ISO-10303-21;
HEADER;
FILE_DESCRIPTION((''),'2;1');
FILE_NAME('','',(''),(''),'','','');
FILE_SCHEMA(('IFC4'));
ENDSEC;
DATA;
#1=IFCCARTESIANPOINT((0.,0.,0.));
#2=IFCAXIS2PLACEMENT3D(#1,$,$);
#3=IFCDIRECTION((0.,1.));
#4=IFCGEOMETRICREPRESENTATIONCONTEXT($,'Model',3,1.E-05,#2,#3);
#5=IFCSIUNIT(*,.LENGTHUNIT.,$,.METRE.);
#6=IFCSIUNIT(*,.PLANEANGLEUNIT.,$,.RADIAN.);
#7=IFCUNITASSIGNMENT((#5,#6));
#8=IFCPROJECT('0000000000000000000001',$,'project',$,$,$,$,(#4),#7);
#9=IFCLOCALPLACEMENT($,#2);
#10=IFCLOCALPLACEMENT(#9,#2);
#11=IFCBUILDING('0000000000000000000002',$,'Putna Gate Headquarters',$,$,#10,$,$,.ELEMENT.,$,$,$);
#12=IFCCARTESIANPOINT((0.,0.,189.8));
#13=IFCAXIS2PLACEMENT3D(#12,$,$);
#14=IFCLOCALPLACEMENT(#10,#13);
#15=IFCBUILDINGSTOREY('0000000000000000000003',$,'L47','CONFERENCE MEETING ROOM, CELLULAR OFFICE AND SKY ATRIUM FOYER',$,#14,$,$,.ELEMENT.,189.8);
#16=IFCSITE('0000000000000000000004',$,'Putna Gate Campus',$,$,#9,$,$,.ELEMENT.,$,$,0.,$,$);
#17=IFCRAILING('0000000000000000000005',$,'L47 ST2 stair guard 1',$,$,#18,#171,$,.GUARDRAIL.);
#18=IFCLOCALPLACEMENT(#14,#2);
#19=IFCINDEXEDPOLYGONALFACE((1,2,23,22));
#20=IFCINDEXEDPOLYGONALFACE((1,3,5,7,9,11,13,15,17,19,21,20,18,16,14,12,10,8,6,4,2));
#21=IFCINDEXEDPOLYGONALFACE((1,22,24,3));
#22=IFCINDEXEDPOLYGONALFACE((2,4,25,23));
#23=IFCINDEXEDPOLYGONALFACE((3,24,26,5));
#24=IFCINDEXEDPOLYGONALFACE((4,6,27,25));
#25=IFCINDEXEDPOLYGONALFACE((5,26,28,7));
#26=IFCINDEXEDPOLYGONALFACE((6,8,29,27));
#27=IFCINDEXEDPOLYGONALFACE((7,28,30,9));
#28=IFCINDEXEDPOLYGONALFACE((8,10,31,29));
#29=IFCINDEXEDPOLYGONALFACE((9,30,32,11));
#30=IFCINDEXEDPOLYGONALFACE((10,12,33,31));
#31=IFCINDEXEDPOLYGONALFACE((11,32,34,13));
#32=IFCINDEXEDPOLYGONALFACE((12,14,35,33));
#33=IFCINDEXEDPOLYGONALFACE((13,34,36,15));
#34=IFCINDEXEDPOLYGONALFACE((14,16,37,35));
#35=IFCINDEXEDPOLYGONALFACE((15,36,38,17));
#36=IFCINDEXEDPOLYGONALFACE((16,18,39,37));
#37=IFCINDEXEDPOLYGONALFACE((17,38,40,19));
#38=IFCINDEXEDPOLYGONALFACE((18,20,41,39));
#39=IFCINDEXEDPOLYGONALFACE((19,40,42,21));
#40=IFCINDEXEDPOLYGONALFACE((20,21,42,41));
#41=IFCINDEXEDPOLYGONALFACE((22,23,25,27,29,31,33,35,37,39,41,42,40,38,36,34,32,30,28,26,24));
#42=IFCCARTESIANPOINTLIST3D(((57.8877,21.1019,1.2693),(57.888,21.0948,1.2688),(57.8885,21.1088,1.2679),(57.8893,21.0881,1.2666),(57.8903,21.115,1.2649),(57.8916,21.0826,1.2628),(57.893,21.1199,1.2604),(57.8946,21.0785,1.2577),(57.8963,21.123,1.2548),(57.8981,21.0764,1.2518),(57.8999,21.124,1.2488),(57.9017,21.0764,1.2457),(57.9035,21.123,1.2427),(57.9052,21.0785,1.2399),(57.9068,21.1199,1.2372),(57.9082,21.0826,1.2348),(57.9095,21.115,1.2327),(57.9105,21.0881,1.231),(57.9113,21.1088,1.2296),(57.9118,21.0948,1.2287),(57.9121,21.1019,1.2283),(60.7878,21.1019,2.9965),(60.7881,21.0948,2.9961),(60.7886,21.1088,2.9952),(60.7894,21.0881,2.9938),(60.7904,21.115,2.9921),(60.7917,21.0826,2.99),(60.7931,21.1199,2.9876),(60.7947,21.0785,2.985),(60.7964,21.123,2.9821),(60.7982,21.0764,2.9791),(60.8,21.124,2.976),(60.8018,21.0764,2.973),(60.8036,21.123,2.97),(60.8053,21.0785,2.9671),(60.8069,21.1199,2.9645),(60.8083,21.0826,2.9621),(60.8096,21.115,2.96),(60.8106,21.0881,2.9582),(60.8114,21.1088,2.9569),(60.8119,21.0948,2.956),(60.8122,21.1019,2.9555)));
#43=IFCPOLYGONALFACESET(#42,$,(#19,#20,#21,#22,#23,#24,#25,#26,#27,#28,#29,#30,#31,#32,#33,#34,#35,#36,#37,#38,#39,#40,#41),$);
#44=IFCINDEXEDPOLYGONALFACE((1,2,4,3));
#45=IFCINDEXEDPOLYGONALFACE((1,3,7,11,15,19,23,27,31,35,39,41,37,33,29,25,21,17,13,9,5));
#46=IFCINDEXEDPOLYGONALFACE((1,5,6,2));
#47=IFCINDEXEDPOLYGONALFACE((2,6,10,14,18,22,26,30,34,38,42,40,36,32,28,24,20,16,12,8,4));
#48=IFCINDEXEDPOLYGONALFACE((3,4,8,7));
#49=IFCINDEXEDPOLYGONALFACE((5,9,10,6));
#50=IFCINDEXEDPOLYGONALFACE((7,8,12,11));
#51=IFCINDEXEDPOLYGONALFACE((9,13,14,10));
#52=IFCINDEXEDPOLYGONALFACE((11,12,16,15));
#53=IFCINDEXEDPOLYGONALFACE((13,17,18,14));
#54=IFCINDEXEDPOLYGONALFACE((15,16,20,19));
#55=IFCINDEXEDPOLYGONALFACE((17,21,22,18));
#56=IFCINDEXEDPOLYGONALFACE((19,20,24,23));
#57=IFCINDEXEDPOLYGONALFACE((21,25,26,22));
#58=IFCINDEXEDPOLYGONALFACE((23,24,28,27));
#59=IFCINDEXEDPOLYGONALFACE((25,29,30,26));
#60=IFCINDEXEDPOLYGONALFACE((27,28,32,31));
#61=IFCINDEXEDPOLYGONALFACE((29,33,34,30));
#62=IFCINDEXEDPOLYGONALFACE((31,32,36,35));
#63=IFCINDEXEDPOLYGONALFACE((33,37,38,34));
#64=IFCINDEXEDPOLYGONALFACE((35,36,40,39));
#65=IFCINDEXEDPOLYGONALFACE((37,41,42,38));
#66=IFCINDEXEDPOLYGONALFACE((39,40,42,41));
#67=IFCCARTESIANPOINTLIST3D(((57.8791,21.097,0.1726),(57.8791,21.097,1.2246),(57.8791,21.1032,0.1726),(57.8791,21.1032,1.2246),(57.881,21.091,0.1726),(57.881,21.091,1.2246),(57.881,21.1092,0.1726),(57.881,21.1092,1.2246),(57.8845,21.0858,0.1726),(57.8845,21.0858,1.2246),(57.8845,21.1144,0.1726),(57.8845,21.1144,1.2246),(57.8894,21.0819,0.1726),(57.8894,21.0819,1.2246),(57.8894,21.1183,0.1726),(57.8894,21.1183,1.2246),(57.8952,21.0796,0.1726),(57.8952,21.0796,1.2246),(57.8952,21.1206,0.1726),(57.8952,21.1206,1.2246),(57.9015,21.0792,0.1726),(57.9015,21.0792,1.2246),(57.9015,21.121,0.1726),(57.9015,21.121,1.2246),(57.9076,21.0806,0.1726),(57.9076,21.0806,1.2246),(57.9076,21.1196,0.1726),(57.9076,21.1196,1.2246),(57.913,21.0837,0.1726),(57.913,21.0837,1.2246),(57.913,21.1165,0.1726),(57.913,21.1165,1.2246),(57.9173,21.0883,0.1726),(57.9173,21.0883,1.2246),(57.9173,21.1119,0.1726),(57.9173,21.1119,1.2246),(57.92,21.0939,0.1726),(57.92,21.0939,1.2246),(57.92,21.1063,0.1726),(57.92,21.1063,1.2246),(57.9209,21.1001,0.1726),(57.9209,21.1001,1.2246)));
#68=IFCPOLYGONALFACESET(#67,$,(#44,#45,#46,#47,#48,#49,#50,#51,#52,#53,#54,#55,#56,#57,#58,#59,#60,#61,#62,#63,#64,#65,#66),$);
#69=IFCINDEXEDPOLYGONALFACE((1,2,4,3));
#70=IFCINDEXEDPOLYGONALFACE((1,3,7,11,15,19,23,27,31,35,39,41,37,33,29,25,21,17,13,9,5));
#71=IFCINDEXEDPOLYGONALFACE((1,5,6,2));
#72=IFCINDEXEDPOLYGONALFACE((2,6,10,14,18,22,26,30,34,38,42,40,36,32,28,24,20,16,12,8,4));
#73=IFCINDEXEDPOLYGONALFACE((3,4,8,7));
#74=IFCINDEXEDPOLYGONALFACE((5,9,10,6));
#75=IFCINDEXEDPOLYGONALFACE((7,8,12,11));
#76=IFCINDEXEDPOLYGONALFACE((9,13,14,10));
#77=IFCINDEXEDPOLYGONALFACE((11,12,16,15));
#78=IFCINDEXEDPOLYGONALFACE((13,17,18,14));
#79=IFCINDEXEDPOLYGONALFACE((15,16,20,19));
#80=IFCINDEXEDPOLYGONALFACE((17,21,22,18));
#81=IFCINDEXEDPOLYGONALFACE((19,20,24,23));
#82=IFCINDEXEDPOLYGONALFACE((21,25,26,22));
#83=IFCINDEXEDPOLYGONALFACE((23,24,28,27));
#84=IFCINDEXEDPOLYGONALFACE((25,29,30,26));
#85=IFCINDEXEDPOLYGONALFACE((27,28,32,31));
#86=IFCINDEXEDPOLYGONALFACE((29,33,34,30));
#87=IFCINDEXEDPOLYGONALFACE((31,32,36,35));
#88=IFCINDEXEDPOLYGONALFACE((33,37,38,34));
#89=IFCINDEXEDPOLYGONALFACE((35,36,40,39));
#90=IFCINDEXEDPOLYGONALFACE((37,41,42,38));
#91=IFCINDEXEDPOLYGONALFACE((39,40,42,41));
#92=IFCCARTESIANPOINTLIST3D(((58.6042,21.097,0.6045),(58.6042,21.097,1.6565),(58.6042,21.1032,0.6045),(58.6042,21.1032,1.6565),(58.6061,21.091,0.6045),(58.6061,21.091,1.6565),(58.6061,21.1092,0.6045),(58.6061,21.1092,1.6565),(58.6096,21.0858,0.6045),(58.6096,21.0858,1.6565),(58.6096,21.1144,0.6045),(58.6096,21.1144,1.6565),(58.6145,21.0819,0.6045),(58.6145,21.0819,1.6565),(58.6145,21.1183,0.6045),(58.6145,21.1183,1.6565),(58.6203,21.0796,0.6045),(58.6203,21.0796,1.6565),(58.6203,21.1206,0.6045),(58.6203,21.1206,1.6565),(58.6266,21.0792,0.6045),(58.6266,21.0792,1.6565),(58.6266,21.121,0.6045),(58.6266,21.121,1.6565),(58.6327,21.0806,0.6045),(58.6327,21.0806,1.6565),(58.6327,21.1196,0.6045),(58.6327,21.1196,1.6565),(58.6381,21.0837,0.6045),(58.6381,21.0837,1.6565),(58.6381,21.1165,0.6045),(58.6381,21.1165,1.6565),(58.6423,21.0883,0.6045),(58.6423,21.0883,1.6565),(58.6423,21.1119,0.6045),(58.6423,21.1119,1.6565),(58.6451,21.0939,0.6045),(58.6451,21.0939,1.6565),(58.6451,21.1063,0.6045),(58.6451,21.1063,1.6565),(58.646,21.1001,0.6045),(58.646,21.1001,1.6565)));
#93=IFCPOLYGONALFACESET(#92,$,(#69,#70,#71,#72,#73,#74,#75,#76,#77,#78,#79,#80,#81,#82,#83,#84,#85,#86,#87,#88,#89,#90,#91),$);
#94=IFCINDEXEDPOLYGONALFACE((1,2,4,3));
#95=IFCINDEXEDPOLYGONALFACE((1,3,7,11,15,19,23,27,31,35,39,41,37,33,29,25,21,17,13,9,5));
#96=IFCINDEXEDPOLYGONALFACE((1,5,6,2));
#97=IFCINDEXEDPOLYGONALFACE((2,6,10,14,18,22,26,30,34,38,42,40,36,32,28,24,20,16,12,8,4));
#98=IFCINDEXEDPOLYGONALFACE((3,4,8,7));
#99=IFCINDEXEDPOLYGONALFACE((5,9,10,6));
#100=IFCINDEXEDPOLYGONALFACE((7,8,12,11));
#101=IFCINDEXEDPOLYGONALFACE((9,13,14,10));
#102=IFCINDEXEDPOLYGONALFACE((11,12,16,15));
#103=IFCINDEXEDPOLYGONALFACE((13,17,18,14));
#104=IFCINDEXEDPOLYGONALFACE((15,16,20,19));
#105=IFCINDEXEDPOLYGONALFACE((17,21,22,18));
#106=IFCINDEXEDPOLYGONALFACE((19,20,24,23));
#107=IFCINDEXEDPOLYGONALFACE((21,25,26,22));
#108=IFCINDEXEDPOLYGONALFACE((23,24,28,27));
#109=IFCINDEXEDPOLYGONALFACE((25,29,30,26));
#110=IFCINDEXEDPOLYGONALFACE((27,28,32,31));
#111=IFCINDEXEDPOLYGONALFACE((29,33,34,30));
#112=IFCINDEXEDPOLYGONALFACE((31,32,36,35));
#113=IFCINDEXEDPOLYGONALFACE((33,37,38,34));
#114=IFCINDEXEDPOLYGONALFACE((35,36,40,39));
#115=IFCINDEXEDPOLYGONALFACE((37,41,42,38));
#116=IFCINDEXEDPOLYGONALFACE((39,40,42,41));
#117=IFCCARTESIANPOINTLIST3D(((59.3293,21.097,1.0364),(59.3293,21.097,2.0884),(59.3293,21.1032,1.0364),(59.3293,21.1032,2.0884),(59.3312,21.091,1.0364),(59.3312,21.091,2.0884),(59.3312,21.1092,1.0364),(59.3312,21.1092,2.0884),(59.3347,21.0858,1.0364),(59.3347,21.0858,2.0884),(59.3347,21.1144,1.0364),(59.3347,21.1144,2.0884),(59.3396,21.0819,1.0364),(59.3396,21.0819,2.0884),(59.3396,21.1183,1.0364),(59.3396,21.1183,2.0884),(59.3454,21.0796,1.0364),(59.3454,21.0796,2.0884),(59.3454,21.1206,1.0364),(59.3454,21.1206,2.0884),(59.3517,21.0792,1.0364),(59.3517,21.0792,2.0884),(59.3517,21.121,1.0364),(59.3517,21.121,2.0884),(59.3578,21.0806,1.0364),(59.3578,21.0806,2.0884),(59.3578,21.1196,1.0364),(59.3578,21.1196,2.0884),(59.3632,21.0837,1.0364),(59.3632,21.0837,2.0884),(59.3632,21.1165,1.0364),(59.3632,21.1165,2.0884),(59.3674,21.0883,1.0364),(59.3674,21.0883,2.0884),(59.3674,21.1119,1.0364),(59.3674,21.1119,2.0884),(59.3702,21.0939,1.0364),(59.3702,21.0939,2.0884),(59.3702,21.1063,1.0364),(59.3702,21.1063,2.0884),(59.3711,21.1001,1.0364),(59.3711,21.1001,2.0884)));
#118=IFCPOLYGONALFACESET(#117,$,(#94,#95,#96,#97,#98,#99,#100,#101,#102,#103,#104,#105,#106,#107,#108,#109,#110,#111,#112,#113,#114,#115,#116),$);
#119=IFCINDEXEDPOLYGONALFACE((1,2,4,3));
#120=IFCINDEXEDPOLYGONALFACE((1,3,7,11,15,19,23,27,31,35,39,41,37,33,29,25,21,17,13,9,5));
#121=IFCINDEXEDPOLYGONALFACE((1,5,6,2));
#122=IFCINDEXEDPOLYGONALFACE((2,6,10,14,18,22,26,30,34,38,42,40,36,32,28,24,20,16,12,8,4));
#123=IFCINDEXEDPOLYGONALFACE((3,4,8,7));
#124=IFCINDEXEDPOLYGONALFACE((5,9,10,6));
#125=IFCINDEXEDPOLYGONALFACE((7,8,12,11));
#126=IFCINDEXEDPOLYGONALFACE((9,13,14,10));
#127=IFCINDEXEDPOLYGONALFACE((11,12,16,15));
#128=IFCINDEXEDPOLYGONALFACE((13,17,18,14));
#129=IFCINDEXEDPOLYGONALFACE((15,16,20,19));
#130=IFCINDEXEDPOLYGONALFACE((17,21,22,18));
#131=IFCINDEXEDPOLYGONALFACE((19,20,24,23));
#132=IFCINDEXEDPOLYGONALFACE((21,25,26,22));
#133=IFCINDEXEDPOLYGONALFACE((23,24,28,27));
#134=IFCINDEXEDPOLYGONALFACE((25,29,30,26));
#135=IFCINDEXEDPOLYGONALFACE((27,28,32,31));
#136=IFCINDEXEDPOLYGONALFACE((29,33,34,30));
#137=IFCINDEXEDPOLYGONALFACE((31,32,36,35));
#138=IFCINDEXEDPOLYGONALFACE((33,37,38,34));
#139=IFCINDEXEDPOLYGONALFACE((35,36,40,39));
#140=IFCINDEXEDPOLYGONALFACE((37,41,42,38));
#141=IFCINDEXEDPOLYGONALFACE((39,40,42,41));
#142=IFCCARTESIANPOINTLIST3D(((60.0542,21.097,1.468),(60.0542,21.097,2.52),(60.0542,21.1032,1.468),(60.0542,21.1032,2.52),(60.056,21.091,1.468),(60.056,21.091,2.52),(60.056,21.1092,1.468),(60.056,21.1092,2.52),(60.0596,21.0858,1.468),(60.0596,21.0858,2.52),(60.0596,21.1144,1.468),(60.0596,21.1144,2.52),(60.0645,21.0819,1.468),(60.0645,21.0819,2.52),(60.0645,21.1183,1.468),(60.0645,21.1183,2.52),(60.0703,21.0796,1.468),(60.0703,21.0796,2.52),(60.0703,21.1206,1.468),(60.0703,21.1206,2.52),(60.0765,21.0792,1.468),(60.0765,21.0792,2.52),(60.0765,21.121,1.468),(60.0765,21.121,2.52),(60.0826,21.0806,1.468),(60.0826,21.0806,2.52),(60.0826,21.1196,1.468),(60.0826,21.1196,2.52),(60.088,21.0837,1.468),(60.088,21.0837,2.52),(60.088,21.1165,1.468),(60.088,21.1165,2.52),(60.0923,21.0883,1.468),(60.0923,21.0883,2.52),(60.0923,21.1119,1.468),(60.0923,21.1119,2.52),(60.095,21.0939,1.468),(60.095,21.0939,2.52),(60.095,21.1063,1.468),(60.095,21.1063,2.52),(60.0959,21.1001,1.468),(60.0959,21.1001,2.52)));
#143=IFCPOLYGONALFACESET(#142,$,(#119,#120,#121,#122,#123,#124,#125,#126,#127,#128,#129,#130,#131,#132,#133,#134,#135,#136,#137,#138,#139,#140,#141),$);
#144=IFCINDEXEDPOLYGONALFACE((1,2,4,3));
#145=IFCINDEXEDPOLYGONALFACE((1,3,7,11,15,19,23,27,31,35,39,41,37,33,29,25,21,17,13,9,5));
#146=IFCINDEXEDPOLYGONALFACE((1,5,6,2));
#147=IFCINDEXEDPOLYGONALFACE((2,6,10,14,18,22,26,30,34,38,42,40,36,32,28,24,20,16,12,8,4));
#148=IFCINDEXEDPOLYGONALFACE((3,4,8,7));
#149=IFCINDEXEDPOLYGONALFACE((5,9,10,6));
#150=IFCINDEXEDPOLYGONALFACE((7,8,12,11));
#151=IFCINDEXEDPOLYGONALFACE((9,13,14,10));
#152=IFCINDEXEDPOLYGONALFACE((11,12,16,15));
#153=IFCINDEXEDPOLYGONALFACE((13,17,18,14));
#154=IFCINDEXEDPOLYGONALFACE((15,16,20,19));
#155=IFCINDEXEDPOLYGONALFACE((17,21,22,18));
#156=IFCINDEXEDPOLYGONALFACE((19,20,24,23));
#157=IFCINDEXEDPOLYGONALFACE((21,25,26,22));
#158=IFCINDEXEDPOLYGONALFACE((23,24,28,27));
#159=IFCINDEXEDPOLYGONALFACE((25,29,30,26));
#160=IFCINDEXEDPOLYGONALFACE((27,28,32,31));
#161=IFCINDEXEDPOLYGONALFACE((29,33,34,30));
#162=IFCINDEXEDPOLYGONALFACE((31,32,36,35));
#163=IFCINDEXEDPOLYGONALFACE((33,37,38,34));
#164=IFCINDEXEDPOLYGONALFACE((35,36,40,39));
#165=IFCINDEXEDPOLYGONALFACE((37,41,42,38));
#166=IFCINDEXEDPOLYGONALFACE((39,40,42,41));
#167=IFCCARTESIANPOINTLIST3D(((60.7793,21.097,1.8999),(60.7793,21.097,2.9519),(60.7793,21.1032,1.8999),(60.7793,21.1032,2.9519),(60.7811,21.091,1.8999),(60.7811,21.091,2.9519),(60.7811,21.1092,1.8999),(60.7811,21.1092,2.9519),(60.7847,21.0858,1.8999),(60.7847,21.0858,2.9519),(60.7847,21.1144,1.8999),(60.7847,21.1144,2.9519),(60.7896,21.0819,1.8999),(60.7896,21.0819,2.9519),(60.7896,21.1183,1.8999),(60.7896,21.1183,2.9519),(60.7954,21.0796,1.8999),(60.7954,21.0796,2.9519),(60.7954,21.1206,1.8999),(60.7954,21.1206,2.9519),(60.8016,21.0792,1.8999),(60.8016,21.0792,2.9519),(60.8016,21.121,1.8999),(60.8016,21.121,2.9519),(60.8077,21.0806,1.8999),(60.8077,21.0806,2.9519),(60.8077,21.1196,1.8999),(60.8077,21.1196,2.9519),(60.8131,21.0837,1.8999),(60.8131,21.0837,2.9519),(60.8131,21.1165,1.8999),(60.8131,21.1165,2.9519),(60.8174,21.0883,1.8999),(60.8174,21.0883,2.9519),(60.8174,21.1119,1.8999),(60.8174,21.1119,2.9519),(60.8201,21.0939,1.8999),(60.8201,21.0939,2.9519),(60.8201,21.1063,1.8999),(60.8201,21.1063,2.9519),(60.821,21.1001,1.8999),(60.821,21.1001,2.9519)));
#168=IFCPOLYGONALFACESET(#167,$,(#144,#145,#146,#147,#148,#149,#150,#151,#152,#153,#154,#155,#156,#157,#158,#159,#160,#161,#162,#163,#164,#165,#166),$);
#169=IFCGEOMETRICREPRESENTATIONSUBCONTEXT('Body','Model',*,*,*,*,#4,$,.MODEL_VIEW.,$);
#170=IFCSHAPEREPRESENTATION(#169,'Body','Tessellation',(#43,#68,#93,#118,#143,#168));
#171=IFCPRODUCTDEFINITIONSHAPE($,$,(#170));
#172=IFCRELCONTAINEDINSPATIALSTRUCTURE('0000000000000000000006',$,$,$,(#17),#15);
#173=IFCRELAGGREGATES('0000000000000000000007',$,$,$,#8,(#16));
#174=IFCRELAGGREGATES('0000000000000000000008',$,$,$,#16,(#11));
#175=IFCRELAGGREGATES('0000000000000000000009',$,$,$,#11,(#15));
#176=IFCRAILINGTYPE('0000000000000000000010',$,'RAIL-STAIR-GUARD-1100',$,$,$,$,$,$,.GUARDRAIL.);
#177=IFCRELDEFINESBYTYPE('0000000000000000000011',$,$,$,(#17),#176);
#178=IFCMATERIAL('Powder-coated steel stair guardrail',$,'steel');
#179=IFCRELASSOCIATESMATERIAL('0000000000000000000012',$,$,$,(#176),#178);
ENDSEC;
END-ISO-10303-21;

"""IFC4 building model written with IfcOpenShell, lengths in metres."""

from ifc_helpers import new_model, si_unit, direction, frame, origin, origin_2d, place, context, subcontext, project, spatial, circle, extrude, material, type_object, element, save


model = new_model("IFC4")

# Units and contexts
model_context = context("Model", 3, precision=1e-05, world=origin(), true_north=direction((0.0, 1.0)))
body_context = subcontext(model_context, "Body", "Model", "MODEL_VIEW")
ifc_project = project(units=[si_unit("LENGTHUNIT", "METRE"), si_unit("PLANEANGLEUNIT", "RADIAN")], contexts=[model_context])

# Site, building, storey
site_placement = place(None, origin())
site = spatial("IfcSite", under=ifc_project, at=site_placement, Name="Putna Gate Campus", CompositionType="ELEMENT", RefElevation=0.0)
building_placement = place(site_placement, origin())
building = spatial("IfcBuilding", under=site, at=building_placement, Name="Putna Gate Headquarters", CompositionType="ELEMENT")
storey_placement = place(building_placement, frame((0.0, 0.0, 189.8)))
storey = spatial("IfcBuildingStorey", under=building, at=storey_placement, Name="L47", Description="CONFERENCE MEETING ROOM, CELLULAR OFFICE AND SKY ATRIUM FOYER", CompositionType="ELEMENT", Elevation=189.8)

# Railing
ifc_material_1 = material(Name="Powder-coated steel stair guardrail", Category="steel")
railing_type_1 = type_object("IfcRailingType", Name="RAIL-STAIR-GUARD-1100", PredefinedType="GUARDRAIL", material=ifc_material_1)
railing_1_placement = place(storey_placement, frame((57.8999, 21.1001, 0.1726)))
element("IfcRailing", 1, at=railing_1_placement, inside=storey, type_object=railing_type_1, Name="L47 ST2 stair guard 1", PredefinedType="GUARDRAIL", context=body_context, shape_type="SweptSolid", body=[
    extrude(circle(Radius=0.0239, at=origin_2d()), frame((0.0, 0.0, 1.0762), z_axis=(0.85916, 0.0, 0.511706), x_axis=(0.0, 1.0, 0.0)), (0.0, 0.0, 1.0), 3.3755),
    extrude(circle(Radius=0.021, at=origin_2d()), origin(), (0.0, 0.0, 1.0), 1.052),
    extrude(circle(Radius=0.021, at=origin_2d()), frame((0.7251, 0.0, 0.4319)), (0.0, 0.0, 1.0), 1.052),
    extrude(circle(Radius=0.021, at=origin_2d()), frame((1.4502, 0.0, 0.8638)), (0.0, 0.0, 1.0), 1.052),
    extrude(circle(Radius=0.021, at=origin_2d()), frame((2.175, 0.0, 1.2954)), (0.0, 0.0, 1.0), 1.052),
    extrude(circle(Radius=0.021, at=origin_2d()), frame((2.9001, 0.0, 1.7273)), (0.0, 0.0, 1.0), 1.052),
])

save(model, "model.ifc")
